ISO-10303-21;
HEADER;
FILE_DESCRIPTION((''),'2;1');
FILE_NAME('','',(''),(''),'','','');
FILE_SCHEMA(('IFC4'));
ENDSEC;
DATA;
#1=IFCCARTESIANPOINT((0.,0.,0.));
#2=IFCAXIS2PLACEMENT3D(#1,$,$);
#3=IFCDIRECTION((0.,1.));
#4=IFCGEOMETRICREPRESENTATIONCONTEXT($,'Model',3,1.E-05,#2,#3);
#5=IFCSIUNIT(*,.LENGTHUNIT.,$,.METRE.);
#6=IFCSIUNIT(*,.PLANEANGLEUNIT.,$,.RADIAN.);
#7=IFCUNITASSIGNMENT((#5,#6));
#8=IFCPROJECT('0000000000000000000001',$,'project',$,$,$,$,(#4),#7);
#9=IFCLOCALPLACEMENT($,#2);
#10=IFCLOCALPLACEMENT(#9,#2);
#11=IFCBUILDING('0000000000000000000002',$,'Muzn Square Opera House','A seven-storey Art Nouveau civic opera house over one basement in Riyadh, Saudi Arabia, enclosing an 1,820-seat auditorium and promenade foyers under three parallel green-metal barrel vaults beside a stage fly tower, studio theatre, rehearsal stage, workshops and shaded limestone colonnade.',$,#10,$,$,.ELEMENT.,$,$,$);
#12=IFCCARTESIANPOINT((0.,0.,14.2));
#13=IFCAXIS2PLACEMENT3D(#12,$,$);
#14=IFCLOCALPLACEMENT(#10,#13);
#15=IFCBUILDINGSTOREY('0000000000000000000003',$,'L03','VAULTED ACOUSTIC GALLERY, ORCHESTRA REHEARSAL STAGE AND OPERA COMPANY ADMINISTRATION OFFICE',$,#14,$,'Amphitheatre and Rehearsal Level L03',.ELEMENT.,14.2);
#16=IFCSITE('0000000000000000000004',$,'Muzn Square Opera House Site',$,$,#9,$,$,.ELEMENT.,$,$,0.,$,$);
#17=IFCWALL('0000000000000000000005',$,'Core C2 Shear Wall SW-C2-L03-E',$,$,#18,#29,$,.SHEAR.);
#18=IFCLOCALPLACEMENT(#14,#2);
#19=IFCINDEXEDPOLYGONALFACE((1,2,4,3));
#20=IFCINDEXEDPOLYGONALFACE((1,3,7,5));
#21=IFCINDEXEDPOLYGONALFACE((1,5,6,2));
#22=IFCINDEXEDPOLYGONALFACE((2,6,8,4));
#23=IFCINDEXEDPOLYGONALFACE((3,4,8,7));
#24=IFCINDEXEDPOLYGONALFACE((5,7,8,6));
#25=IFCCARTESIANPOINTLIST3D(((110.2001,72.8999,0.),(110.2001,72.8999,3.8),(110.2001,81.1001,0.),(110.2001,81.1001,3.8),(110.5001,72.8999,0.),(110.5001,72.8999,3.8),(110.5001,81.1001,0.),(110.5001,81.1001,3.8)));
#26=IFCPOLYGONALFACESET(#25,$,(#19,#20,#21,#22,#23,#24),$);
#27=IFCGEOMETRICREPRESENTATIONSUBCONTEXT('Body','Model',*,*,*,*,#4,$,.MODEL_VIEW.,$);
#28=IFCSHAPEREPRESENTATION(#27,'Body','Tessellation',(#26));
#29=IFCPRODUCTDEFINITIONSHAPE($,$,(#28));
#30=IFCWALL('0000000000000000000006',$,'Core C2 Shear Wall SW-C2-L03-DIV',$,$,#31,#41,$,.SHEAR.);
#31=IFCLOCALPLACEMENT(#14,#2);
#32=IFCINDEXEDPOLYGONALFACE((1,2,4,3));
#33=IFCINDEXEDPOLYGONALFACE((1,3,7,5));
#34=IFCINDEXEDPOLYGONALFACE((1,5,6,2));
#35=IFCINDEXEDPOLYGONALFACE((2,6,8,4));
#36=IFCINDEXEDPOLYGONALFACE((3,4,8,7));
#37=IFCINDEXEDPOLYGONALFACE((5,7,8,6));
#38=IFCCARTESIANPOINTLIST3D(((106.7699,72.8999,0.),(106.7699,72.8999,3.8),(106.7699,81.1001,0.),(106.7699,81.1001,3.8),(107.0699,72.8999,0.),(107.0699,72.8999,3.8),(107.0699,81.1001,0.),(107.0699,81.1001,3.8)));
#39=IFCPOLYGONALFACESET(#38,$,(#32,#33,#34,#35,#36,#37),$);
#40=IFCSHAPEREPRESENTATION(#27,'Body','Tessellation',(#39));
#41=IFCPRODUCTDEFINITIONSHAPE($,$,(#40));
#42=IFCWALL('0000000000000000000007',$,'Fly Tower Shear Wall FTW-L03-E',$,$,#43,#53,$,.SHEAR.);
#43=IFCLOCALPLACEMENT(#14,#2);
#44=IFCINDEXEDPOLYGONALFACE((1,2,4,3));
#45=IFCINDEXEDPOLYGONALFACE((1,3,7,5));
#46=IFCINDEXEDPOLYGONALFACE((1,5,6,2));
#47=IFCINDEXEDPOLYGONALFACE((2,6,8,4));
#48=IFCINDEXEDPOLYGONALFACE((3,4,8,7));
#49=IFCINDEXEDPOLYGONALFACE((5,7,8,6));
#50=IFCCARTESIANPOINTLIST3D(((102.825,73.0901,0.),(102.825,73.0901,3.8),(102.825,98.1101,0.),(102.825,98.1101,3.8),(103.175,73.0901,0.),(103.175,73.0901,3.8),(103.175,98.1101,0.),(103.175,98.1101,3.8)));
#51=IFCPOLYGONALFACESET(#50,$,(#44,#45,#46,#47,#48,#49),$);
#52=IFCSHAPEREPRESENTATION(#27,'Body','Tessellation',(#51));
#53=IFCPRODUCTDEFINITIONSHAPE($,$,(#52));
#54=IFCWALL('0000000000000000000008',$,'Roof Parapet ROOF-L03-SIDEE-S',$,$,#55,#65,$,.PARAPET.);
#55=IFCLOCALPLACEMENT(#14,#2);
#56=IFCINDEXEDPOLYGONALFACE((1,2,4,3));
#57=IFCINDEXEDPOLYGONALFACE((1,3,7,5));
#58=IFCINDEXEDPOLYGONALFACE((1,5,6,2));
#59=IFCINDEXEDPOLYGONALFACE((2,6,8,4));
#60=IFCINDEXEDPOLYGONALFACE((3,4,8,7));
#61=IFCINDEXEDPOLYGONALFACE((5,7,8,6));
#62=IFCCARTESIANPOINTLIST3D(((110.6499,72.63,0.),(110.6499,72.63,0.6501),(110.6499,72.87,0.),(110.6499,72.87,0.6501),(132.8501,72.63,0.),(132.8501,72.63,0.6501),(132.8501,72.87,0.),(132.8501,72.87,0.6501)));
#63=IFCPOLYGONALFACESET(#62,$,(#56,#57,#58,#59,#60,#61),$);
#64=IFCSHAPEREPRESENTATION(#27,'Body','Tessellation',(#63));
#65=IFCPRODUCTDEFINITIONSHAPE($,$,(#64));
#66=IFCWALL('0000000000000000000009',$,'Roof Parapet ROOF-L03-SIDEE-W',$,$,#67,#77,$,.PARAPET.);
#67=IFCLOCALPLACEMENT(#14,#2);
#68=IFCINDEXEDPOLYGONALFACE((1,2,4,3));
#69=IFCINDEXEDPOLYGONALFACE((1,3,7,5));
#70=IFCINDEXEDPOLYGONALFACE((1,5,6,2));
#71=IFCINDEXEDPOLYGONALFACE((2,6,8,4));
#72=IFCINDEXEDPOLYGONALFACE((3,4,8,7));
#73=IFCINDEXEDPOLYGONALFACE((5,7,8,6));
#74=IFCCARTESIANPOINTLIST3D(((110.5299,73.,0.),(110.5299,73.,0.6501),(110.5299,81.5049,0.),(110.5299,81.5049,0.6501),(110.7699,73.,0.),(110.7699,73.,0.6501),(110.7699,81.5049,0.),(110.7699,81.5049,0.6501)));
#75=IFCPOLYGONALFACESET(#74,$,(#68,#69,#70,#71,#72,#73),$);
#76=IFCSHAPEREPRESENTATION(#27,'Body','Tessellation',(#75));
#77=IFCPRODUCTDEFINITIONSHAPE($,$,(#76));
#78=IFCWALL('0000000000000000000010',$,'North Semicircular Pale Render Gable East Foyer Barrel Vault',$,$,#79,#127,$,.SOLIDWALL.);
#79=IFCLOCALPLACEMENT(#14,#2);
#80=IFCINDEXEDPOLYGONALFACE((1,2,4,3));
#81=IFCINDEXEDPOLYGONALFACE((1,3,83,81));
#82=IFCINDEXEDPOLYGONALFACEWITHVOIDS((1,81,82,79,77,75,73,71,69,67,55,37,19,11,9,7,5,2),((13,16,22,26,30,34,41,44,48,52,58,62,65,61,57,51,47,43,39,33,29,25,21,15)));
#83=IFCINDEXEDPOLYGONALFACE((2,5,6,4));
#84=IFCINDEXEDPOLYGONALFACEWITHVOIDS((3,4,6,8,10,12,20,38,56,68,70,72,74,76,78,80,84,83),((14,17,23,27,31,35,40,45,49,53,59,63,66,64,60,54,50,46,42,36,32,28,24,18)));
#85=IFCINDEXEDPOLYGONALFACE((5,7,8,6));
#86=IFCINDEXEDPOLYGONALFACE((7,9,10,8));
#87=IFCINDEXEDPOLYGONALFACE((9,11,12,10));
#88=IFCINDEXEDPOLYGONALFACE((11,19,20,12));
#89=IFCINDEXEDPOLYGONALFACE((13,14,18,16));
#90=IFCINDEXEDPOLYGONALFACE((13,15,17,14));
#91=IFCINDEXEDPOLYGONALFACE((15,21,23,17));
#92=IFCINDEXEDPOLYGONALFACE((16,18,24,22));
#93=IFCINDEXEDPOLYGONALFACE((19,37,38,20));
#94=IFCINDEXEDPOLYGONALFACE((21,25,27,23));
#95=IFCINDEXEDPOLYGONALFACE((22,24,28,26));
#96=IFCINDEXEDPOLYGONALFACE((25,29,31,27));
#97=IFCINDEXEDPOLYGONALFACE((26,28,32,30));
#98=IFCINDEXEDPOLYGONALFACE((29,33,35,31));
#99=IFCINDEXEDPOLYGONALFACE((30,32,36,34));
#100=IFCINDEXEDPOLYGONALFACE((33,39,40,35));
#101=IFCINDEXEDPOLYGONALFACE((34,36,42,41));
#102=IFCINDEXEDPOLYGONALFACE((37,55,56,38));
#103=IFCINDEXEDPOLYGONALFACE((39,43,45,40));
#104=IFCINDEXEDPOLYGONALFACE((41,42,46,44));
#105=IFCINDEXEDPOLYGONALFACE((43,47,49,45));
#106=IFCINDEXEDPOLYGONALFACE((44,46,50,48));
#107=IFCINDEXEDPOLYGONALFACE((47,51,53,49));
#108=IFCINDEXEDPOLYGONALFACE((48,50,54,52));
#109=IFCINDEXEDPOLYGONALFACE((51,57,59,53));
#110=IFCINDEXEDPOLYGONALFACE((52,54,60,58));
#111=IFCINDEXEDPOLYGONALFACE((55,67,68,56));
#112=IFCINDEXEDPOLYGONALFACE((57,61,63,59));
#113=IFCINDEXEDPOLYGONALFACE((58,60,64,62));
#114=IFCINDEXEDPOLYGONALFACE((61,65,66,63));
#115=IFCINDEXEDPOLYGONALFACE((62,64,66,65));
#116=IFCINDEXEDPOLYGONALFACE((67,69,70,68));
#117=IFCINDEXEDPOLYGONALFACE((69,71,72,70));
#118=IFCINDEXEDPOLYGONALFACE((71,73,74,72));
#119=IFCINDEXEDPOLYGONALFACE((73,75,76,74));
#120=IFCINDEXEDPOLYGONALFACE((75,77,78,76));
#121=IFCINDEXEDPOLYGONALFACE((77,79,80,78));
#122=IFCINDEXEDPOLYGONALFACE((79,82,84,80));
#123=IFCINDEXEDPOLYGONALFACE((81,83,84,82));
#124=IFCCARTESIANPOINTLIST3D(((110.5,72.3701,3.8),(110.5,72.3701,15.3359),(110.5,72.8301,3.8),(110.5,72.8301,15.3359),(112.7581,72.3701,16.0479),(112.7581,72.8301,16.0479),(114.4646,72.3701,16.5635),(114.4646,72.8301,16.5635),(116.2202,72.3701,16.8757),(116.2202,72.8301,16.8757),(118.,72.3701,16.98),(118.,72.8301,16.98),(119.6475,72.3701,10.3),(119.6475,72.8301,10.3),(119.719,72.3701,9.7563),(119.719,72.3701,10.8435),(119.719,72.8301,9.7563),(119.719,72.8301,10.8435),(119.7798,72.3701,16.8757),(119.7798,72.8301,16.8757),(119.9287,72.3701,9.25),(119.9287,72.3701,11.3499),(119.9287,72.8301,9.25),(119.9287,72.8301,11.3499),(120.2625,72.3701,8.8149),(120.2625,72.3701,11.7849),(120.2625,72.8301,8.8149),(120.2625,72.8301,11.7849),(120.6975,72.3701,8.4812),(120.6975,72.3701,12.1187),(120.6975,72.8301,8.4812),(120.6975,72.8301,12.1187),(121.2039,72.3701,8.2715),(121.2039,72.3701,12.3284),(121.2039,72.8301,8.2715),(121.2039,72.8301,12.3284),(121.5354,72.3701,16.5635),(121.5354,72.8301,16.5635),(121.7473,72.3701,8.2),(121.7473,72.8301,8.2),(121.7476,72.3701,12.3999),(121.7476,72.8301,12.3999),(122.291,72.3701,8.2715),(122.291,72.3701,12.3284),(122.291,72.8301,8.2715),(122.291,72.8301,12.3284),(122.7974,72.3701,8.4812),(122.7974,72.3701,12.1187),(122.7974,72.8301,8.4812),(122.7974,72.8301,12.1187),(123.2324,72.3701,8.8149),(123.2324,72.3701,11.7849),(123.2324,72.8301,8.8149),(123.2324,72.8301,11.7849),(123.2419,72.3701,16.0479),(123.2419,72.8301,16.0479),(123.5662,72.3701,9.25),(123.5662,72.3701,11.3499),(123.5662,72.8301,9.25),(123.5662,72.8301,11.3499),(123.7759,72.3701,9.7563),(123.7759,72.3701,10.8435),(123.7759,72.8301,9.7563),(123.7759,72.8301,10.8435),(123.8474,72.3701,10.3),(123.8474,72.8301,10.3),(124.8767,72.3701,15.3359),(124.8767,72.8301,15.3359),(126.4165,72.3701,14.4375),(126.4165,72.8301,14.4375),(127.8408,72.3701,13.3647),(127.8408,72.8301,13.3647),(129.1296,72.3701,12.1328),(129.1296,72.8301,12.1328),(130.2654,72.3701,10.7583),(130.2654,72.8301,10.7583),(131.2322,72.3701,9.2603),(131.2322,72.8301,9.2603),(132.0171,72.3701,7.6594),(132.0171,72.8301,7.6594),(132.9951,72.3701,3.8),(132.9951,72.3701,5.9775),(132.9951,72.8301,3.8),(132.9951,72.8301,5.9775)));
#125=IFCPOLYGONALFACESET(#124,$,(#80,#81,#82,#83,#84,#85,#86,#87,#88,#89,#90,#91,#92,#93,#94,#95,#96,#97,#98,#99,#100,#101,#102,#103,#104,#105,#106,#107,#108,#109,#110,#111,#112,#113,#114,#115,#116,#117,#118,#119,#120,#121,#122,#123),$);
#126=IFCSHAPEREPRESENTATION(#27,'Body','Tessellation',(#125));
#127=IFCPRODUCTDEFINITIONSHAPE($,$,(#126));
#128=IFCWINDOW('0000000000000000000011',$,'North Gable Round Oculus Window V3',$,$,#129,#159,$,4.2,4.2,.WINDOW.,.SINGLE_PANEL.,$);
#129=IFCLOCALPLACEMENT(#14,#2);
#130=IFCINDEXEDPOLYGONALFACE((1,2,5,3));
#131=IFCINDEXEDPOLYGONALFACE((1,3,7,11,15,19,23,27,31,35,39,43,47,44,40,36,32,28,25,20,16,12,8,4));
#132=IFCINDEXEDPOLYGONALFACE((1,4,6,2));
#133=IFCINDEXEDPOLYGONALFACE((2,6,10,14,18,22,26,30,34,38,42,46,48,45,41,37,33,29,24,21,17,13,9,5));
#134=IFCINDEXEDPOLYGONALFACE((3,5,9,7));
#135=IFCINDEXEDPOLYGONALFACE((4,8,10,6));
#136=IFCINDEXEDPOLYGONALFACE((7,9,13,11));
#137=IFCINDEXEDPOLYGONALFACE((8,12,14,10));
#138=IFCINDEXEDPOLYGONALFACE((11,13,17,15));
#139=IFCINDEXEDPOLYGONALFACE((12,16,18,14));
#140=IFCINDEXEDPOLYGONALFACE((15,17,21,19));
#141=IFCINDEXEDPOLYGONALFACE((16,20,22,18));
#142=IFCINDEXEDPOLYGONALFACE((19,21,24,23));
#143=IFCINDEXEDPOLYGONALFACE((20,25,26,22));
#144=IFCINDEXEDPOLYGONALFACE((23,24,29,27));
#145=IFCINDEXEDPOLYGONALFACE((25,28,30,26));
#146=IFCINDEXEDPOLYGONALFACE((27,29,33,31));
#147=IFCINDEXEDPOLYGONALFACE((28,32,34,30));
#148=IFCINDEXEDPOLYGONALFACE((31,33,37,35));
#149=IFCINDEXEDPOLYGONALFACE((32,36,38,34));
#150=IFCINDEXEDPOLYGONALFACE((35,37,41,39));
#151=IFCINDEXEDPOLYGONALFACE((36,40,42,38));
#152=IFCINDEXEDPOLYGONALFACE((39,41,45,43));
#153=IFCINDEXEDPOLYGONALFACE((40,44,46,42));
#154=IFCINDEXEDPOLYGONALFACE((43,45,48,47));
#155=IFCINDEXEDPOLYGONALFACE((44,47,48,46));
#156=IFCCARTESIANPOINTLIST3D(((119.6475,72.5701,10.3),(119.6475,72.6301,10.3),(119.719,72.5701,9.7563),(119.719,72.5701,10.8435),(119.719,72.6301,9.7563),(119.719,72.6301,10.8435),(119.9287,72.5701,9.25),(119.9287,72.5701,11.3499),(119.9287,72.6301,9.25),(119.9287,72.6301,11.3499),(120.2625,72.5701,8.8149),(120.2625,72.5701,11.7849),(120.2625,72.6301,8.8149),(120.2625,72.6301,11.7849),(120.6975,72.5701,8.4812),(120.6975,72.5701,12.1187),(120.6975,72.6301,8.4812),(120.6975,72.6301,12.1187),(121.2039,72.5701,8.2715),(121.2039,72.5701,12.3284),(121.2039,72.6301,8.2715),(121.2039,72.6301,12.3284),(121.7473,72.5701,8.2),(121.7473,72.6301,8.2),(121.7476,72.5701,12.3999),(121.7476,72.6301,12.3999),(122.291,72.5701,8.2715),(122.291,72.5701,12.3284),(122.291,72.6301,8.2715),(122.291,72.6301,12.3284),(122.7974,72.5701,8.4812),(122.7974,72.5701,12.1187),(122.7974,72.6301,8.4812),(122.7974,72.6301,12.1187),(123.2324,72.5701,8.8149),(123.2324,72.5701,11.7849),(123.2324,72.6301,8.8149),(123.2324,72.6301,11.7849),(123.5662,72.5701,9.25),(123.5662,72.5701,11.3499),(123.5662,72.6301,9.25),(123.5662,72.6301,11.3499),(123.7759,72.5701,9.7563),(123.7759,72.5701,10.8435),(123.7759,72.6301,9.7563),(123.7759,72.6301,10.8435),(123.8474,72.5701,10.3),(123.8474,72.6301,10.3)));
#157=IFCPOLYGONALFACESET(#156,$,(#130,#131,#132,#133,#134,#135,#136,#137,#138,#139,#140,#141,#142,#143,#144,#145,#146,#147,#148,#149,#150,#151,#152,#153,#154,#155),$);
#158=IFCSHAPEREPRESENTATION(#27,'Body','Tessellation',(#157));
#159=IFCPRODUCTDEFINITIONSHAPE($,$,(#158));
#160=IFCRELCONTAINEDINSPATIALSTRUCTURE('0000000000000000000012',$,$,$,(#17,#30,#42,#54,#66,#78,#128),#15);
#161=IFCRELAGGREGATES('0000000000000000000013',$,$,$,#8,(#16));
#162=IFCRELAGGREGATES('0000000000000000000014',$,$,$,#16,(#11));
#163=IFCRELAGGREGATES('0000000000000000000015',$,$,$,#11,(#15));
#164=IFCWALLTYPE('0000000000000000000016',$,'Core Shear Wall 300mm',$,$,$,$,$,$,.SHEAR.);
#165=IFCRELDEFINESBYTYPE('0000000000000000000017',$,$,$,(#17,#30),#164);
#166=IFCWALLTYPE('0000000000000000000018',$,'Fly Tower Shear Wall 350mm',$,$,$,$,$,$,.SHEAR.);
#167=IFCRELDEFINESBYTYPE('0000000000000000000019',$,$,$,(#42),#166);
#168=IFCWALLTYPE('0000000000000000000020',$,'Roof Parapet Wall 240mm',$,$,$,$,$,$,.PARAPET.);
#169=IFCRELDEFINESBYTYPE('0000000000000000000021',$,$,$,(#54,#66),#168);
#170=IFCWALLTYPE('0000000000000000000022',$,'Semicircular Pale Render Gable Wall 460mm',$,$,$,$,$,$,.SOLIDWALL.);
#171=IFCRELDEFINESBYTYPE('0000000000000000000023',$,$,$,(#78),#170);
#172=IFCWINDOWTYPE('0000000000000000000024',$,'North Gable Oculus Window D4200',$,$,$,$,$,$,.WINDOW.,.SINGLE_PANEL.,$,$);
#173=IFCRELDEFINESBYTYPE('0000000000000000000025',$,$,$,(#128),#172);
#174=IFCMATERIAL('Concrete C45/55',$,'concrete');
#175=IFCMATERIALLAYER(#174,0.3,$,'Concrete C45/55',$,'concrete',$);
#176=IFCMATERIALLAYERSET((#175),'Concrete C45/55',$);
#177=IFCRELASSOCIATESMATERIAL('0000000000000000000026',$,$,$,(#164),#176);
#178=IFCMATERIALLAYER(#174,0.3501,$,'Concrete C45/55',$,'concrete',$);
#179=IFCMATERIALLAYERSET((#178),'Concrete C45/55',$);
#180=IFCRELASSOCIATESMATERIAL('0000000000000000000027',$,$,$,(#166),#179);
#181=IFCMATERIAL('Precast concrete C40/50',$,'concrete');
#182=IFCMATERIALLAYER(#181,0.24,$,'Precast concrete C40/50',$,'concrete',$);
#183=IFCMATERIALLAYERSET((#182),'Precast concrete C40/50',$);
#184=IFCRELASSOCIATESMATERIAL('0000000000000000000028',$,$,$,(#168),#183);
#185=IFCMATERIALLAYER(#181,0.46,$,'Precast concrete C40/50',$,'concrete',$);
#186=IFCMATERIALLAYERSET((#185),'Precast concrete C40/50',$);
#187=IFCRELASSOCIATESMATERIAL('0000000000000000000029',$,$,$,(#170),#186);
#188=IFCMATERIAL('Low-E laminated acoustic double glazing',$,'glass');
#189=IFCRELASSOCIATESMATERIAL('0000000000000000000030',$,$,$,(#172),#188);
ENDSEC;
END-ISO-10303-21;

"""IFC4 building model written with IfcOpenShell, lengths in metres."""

from ifc_helpers import new_model, si_unit, direction, frame, frame_2d, origin, place, context, subcontext, project, spatial, polyline, rectangle, outline, extrude, material, layer, layer_set, type_object, element, fill, save


model = new_model("IFC4")

# Units and contexts
model_context = context("Model", 3, precision=1e-05, world=origin(), true_north=direction((0.0, 1.0)))
body_context = subcontext(model_context, "Body", "Model", "MODEL_VIEW")
ifc_project = project(units=[si_unit("LENGTHUNIT", "METRE"), si_unit("PLANEANGLEUNIT", "RADIAN")], contexts=[model_context])

# Site, building, storey
site_placement = place(None, origin())
site = spatial("IfcSite", under=ifc_project, at=site_placement, Name="Muzn Square Opera House Site", CompositionType="ELEMENT", RefElevation=0.0)
building_placement = place(site_placement, origin())
building = spatial("IfcBuilding", under=site, at=building_placement, Name="Muzn Square Opera House", Description="A seven-storey Art Nouveau civic opera house over one basement in Riyadh, Saudi Arabia, enclosing an 1,820-seat auditorium and promenade foyers under three parallel green-metal barrel vaults beside a stage fly tower, studio theatre, rehearsal stage, workshops and shaded limestone colonnade.", CompositionType="ELEMENT")
storey_placement = place(building_placement, frame((0.0, 0.0, 14.2)))
storey = spatial("IfcBuildingStorey", under=building, at=storey_placement, Name="L03", Description="VAULTED ACOUSTIC GALLERY, ORCHESTRA REHEARSAL STAGE AND OPERA COMPANY ADMINISTRATION OFFICE", LongName="Amphitheatre and Rehearsal Level L03", CompositionType="ELEMENT", Elevation=14.2)

# Shared definitions
ifc_material_1 = material(Name="Concrete C45/55", Category="concrete")

# Walls
ifc_layer_1 = layer(ifc_material_1, 0.3, Name="Concrete C45/55", Category="concrete")
ifc_layer_set_1 = layer_set([ifc_layer_1], Name="Concrete C45/55")
wall_type_1 = type_object("IfcWallType", Name="Core Shear Wall 300mm", PredefinedType="SHEAR", material=ifc_layer_set_1)
for number, where, z_axis, x_axis, name in (
    (1, (110.3501, 72.8999, 0.0), (0.0, 0.0, 1.0), (0.0, 1.0, 0.0), "Core C2 Shear Wall SW-C2-L03-E"),
    (2, (106.9199, 72.8999, 0.0), (0.0, 0.0, 1.0), (0.0, 1.0, 0.0), "Core C2 Shear Wall SW-C2-L03-DIV"),
):
    element("IfcWall", number, at=place(storey_placement, frame(where, z_axis=z_axis, x_axis=x_axis)), inside=storey, type_object=wall_type_1, Name=name, PredefinedType="SHEAR", context=body_context, shape_type="SweptSolid", body=[
        extrude(rectangle(XDim=8.2002, YDim=0.3, at=frame_2d((4.1001, 0.0))), origin(), (0.0, 0.0, 1.0), 3.8),
    ])
ifc_layer_2 = layer(ifc_material_1, 0.3501, Name="Concrete C45/55", Category="concrete")
ifc_layer_set_2 = layer_set([ifc_layer_2], Name="Concrete C45/55")
wall_type_2 = type_object("IfcWallType", Name="Fly Tower Shear Wall 350mm", PredefinedType="SHEAR", material=ifc_layer_set_2)
wall_1_placement = place(storey_placement, frame((103.0, 73.0901, 0.0), z_axis=(0.0, 0.0, 1.0), x_axis=(0.0, 1.0, 0.0)))
element("IfcWall", 3, at=wall_1_placement, inside=storey, type_object=wall_type_2, Name="Fly Tower Shear Wall FTW-L03-E", PredefinedType="SHEAR", context=body_context, shape_type="SweptSolid", body=[
    extrude(rectangle(XDim=25.02, YDim=0.3501, at=frame_2d((12.51, 0.0))), origin(), (0.0, 0.0, 1.0), 3.8),
])
ifc_material_2 = material(Name="Precast concrete C40/50", Category="concrete")
ifc_layer_3 = layer(ifc_material_2, 0.24, Name="Precast concrete C40/50", Category="concrete")
ifc_layer_set_3 = layer_set([ifc_layer_3], Name="Precast concrete C40/50")
wall_type_3 = type_object("IfcWallType", Name="Roof Parapet Wall 240mm", PredefinedType="PARAPET", material=ifc_layer_set_3)
wall_2_placement = place(storey_placement, frame((110.6499, 72.75, 0.0), z_axis=(0.0, 0.0, 1.0), x_axis=(1.0, 0.0, 0.0)))
element("IfcWall", 4, at=wall_2_placement, inside=storey, type_object=wall_type_3, Name="Roof Parapet ROOF-L03-SIDEE-S", PredefinedType="PARAPET", context=body_context, shape_type="SweptSolid", body=[
    extrude(rectangle(XDim=22.2002, YDim=0.24, at=frame_2d((11.1001, 0.0))), origin(), (0.0, 0.0, 1.0), 0.6501),
])
wall_3_placement = place(storey_placement, frame((110.6499, 73.0, 0.0), z_axis=(0.0, 0.0, 1.0), x_axis=(0.0, 1.0, 0.0)))
element("IfcWall", 5, at=wall_3_placement, inside=storey, type_object=wall_type_3, Name="Roof Parapet ROOF-L03-SIDEE-W", PredefinedType="PARAPET", context=body_context, shape_type="SweptSolid", body=[
    extrude(rectangle(XDim=8.5049, YDim=0.24, at=frame_2d((4.2524, 0.0))), origin(), (0.0, 0.0, 1.0), 0.6501),
])

# Wall, opening, window
ifc_layer_4 = layer(ifc_material_2, 0.46, Name="Precast concrete C40/50", Category="concrete")
ifc_layer_set_4 = layer_set([ifc_layer_4], Name="Precast concrete C40/50")
wall_type_4 = type_object("IfcWallType", Name="Semicircular Pale Render Gable Wall 460mm", PredefinedType="SOLIDWALL", material=ifc_layer_set_4)
wall_4_placement = place(storey_placement, frame((110.5, 72.6001, 3.8), z_axis=(0.0, 0.0, 1.0), x_axis=(1.0, 0.0, 0.0)))
wall_4 = element("IfcWall", 6, at=wall_4_placement, inside=storey, type_object=wall_type_4, Name="North Semicircular Pale Render Gable East Foyer Barrel Vault", PredefinedType="SOLIDWALL", context=body_context, shape_type="SweptSolid", body=[
    extrude(outline(polyline([(0.0, 0.0), (22.4951, 0.0), (22.4951, 2.1775), (21.5171, 3.8594), (20.7322, 5.4602), (19.7654, 6.9583), (18.6296, 8.3328), (17.3408, 9.5647), (15.9165, 10.6375), (14.3767, 11.5359), (12.7419, 12.2478), (11.0354, 12.7634), (9.2798, 13.0757), (7.5, 13.1799), (5.7202, 13.0757), (3.9646, 12.7634), (2.2581, 12.2478), (0.0, 11.5359), (0.0, 0.0)])), frame((0.0, 0.23, 0.0), z_axis=(0.0, -1.0, 0.0), x_axis=(1.0, 0.0, 0.0)), (0.0, 0.0, 1.0), 0.46),
])
opening_placement = place(wall_4_placement, frame((9.1475, 0.0, 4.3999)))
opening = element("IfcOpeningElement", 7, at=opening_placement, cuts=wall_4, PredefinedType="OPENING", context=body_context, shape_type="SweptSolid", body=[
    extrude(outline(polyline([(4.2, 2.1001), (4.1284, 2.6436), (3.9187, 3.1499), (3.585, 3.585), (3.1499, 3.9187), (2.6436, 4.1284), (2.1001, 4.2), (1.5564, 4.1284), (1.05, 3.9187), (0.615, 3.585), (0.2812, 3.1499), (0.0715, 2.6436), (0.0, 2.1001), (0.0715, 1.5564), (0.2812, 1.05), (0.615, 0.615), (1.05, 0.2812), (1.5564, 0.0715), (2.0999, 0.0), (2.6436, 0.0715), (3.1499, 0.2812), (3.585, 0.615), (3.9187, 1.05), (4.1284, 1.5564), (4.2, 2.1001)])), frame((0.0, 0.24, 0.0), z_axis=(0.0, -1.0, 0.0), x_axis=(1.0, 0.0, 0.0)), (0.0, 0.0, 1.0), 0.48),
])
ifc_material_3 = material(Name="Low-E laminated acoustic double glazing", Category="glass")
window_type = type_object("IfcWindowType", Name="North Gable Oculus Window D4200", PartitioningType="SINGLE_PANEL", PredefinedType="WINDOW", material=ifc_material_3)
window_placement = place(opening_placement, origin())
window = element("IfcWindow", 8, at=window_placement, inside=storey, type_object=window_type, Name="North Gable Round Oculus Window V3", OverallHeight=4.2, OverallWidth=4.2, PartitioningType="SINGLE_PANEL", PredefinedType="WINDOW", context=body_context, shape_type="SweptSolid", body=[
    extrude(outline(polyline([(4.2, 2.1001), (4.1284, 2.6436), (3.9187, 3.1499), (3.585, 3.585), (3.1499, 3.9187), (2.6436, 4.1284), (2.1001, 4.2), (1.5564, 4.1284), (1.05, 3.9187), (0.615, 3.585), (0.2812, 3.1499), (0.0715, 2.6436), (0.0, 2.1001), (0.0715, 1.5564), (0.2812, 1.05), (0.615, 0.615), (1.05, 0.2812), (1.5564, 0.0715), (2.0999, 0.0), (2.6436, 0.0715), (3.1499, 0.2812), (3.585, 0.615), (3.9187, 1.05), (4.1284, 1.5564), (4.2, 2.1001)])), frame((0.0, 0.03, 0.0), z_axis=(0.0, -1.0, 0.0), x_axis=(1.0, 0.0, 0.0)), (0.0, 0.0, 1.0), 0.0601),
])
fill(opening, window)

save(model, "model.ifc")
